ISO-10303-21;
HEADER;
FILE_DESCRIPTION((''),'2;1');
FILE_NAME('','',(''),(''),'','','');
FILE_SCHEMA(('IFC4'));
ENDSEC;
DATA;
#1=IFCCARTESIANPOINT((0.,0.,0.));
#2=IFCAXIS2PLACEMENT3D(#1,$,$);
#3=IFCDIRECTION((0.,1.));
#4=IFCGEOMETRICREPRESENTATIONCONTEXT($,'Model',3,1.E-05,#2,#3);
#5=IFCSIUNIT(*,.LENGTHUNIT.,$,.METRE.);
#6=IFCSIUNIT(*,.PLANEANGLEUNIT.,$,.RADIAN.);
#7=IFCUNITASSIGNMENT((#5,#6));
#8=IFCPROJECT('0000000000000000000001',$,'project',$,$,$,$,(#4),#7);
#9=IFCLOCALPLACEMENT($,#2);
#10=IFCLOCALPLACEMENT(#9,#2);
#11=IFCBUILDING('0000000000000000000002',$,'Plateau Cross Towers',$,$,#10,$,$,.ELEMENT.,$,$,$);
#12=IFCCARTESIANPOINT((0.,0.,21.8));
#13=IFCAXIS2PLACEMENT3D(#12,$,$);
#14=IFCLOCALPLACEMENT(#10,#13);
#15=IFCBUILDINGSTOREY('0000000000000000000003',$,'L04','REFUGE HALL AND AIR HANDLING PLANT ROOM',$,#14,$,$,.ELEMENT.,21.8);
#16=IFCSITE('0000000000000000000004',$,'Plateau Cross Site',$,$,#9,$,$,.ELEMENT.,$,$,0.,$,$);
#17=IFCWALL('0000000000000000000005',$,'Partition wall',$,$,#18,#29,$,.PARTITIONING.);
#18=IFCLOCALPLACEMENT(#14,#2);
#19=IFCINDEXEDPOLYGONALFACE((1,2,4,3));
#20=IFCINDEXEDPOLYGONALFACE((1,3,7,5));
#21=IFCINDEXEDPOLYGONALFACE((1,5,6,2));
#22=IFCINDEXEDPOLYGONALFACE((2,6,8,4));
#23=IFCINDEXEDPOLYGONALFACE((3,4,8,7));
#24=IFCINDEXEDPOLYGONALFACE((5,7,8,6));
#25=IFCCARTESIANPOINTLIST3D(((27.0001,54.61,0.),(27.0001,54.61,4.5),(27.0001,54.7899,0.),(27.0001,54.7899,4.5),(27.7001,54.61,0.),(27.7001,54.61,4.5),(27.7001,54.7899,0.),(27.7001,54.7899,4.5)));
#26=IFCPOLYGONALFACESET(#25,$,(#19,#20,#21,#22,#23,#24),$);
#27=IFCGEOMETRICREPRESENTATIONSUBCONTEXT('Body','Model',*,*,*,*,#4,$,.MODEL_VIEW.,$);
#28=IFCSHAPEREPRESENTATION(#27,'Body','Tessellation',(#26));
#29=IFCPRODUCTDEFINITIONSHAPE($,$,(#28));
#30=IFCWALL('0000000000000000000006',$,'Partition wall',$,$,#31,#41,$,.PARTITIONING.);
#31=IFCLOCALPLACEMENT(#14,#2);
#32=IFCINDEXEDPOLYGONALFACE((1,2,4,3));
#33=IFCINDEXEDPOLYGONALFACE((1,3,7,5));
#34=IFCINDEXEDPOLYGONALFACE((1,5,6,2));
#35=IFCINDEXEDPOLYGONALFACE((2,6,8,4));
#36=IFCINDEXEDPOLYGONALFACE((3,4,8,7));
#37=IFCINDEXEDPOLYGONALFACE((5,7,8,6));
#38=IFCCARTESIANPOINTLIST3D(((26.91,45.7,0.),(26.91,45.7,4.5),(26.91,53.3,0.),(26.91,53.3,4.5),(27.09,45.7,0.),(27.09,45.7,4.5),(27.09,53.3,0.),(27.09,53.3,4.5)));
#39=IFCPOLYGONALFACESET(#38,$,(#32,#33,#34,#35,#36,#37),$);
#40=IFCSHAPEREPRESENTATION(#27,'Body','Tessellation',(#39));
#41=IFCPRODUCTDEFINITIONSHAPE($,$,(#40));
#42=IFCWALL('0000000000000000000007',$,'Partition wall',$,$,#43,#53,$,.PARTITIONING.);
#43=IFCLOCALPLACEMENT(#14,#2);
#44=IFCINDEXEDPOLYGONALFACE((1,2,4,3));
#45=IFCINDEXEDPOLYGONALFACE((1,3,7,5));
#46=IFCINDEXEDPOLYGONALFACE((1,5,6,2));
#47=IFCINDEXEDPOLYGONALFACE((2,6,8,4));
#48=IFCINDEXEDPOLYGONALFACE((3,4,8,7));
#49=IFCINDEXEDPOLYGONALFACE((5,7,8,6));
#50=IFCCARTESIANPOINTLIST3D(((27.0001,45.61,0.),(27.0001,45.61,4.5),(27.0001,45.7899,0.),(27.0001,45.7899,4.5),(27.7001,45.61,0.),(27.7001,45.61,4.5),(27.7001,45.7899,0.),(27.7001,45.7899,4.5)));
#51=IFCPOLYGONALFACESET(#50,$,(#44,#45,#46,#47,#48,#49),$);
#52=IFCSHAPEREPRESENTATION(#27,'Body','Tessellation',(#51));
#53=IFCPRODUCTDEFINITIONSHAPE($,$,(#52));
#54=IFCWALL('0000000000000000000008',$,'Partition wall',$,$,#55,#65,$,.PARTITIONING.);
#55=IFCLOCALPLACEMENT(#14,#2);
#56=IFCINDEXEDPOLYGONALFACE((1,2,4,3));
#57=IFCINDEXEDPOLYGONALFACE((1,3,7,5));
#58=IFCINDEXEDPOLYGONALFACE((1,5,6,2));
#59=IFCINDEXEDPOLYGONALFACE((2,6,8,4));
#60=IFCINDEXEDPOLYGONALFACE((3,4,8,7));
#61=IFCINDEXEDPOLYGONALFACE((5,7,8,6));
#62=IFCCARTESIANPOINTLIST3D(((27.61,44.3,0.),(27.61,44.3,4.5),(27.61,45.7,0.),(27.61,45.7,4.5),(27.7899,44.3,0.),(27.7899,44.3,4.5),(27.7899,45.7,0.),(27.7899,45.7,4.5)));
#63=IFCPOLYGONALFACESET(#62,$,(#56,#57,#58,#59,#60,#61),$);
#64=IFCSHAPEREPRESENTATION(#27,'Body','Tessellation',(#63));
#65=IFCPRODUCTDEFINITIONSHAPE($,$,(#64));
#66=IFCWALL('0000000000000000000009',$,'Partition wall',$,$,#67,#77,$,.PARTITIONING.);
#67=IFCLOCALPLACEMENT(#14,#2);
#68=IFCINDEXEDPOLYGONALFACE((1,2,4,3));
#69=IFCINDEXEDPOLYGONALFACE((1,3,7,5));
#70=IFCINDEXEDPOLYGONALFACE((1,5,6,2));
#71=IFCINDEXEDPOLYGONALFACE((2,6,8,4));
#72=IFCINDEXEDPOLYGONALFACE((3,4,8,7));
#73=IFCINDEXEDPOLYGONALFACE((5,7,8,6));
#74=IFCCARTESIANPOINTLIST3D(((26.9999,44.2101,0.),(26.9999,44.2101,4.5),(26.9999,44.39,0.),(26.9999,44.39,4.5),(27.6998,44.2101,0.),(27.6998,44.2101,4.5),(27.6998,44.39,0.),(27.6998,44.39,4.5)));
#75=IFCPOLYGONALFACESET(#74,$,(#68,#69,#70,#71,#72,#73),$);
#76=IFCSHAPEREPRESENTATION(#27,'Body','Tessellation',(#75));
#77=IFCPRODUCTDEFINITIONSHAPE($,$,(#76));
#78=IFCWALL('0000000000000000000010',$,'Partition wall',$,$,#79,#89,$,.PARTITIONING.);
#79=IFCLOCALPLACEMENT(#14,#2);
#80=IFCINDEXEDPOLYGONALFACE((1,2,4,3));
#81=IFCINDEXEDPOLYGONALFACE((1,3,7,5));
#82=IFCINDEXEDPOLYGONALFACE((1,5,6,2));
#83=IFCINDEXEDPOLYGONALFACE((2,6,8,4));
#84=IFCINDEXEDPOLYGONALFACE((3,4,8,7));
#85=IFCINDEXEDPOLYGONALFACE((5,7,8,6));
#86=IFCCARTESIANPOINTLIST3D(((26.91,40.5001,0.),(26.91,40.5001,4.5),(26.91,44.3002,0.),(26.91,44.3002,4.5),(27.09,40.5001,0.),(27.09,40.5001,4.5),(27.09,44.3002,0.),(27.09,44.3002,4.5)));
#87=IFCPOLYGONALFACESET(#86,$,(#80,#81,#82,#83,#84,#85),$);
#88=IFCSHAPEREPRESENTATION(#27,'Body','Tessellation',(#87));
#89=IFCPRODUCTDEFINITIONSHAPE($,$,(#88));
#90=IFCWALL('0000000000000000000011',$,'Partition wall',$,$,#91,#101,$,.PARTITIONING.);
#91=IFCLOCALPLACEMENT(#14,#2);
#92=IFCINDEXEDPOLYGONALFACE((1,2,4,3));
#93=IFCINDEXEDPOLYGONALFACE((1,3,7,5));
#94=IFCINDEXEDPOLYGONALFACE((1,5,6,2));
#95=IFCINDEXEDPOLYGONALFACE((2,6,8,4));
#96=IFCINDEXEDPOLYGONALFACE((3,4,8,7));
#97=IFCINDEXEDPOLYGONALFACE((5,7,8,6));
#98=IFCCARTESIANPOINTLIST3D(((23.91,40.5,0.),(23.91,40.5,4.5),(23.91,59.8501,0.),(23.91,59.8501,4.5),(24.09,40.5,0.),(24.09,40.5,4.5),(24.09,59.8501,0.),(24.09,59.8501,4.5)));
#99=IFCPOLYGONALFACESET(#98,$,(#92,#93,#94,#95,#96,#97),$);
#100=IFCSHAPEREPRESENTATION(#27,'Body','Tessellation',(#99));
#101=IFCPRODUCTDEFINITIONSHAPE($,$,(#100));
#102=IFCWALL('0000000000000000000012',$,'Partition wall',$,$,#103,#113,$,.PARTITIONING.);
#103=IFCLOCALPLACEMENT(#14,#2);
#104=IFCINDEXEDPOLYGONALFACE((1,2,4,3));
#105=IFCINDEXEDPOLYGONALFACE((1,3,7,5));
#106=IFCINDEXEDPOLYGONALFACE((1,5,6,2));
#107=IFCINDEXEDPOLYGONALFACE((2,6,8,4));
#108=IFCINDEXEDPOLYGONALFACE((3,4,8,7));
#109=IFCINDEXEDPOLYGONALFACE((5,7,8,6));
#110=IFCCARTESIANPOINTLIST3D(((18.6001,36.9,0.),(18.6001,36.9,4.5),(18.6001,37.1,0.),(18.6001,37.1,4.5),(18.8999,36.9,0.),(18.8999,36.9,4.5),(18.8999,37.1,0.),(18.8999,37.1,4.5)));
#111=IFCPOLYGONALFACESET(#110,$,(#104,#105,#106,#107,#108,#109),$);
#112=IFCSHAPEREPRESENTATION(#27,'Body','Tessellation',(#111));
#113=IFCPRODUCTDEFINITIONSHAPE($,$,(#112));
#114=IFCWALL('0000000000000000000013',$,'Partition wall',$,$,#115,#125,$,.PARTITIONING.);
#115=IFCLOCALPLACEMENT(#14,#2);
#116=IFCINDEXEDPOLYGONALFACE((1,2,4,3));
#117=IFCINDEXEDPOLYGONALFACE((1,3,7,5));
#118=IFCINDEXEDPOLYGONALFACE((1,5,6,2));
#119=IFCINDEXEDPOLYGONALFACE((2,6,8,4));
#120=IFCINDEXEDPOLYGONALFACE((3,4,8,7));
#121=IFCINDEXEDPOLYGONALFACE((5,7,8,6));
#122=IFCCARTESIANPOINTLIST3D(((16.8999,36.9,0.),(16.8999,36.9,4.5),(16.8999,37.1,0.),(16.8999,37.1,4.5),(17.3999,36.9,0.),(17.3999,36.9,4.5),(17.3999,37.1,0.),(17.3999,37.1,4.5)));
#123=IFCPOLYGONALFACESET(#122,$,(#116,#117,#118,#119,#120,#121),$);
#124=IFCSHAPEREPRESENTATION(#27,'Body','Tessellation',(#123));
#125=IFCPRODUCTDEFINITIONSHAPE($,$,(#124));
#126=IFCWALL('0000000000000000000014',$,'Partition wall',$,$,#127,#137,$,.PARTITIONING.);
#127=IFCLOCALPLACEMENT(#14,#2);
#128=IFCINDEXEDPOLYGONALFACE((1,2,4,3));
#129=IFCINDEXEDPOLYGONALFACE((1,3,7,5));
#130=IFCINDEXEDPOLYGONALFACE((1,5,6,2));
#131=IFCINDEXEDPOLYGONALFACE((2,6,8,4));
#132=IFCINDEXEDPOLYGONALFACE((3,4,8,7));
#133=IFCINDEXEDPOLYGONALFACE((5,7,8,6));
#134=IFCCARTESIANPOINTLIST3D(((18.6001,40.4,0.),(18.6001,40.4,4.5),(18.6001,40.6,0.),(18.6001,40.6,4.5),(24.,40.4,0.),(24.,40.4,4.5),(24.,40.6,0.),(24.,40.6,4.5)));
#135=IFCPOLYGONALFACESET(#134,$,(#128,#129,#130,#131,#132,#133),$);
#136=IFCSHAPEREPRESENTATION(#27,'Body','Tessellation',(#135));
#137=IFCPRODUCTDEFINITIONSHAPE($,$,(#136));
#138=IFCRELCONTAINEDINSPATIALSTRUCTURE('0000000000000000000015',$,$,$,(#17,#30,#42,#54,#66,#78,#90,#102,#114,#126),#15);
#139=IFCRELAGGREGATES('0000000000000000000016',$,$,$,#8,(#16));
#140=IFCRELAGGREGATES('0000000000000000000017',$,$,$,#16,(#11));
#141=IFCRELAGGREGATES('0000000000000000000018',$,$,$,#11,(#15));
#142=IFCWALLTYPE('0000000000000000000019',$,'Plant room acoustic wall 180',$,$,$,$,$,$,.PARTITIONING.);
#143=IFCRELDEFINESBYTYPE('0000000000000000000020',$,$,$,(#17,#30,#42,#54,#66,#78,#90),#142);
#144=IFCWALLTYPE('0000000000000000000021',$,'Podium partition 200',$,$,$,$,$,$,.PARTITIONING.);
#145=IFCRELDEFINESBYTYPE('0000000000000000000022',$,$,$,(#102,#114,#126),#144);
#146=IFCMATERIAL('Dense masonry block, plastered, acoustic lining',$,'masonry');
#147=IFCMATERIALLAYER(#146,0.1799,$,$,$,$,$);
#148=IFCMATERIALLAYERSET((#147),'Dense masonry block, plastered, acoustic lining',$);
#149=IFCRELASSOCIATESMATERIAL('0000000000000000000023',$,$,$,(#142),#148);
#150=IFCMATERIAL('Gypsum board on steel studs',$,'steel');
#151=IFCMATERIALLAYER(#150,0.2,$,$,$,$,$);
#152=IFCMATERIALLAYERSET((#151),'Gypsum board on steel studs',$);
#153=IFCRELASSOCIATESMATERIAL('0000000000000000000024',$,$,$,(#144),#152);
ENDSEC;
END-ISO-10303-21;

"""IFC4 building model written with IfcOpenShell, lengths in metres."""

from ifc_helpers import new_model, si_unit, direction, frame, frame_2d, origin, place, context, subcontext, project, spatial, rectangle, extrude, material, layer, layer_set, type_object, element, save


model = new_model("IFC4")

# Units and contexts
model_context = context("Model", 3, precision=1e-05, world=origin(), true_north=direction((0.0, 1.0)))
body_context = subcontext(model_context, "Body", "Model", "MODEL_VIEW")
ifc_project = project(units=[si_unit("LENGTHUNIT", "METRE"), si_unit("PLANEANGLEUNIT", "RADIAN")], contexts=[model_context])

# Site, building, storey
site_placement = place(None, origin())
site = spatial("IfcSite", under=ifc_project, at=site_placement, Name="Plateau Cross Site", CompositionType="ELEMENT", RefElevation=0.0)
building_placement = place(site_placement, origin())
building = spatial("IfcBuilding", under=site, at=building_placement, Name="Plateau Cross Towers", CompositionType="ELEMENT")
storey_placement = place(building_placement, frame((0.0, 0.0, 21.8)))
storey = spatial("IfcBuildingStorey", under=building, at=storey_placement, Name="L04", Description="REFUGE HALL AND AIR HANDLING PLANT ROOM", CompositionType="ELEMENT", Elevation=21.8)

# Walls
ifc_material_1 = material(Name="Dense masonry block, plastered, acoustic lining", Category="masonry")
ifc_layer_1 = layer(ifc_material_1, 0.1799)
ifc_layer_set_1 = layer_set([ifc_layer_1], Name="Dense masonry block, plastered, acoustic lining")
wall_type_1 = type_object("IfcWallType", Name="Plant room acoustic wall 180", PredefinedType="PARTITIONING", material=ifc_layer_set_1)
wall_1_placement = place(storey_placement, frame((27.0, 54.7, 0.0), z_axis=(0.0, 0.0, 1.0), x_axis=(1.0, 0.0, 0.0)))
element("IfcWall", 1, at=wall_1_placement, inside=storey, type_object=wall_type_1, Name="Partition wall", PredefinedType="PARTITIONING", context=body_context, shape_type="SweptSolid", body=[
    extrude(rectangle(XDim=0.7, YDim=0.1799, at=frame_2d((0.3501, 0.0))), origin(), (0.0, 0.0, 1.0), 4.5),
])
wall_2_placement = place(storey_placement, frame((27.0, 53.3, 0.0), z_axis=(0.0, 0.0, 1.0), x_axis=(0.0, -1.0, 0.0)))
element("IfcWall", 2, at=wall_2_placement, inside=storey, type_object=wall_type_1, Name="Partition wall", PredefinedType="PARTITIONING", context=body_context, shape_type="SweptSolid", body=[
    extrude(rectangle(XDim=7.6001, YDim=0.1799, at=frame_2d((3.8, 0.0))), origin(), (0.0, 0.0, 1.0), 4.5),
])
wall_3_placement = place(storey_placement, frame((27.0, 45.7, 0.0), z_axis=(0.0, 0.0, 1.0), x_axis=(1.0, 0.0, 0.0)))
element("IfcWall", 3, at=wall_3_placement, inside=storey, type_object=wall_type_1, Name="Partition wall", PredefinedType="PARTITIONING", context=body_context, shape_type="SweptSolid", body=[
    extrude(rectangle(XDim=0.7, YDim=0.1799, at=frame_2d((0.3501, 0.0))), origin(), (0.0, 0.0, 1.0), 4.5),
])
wall_4_placement = place(storey_placement, frame((27.7, 45.7, 0.0), z_axis=(0.0, 0.0, 1.0), x_axis=(0.0, -1.0, 0.0)))
element("IfcWall", 4, at=wall_4_placement, inside=storey, type_object=wall_type_1, Name="Partition wall", PredefinedType="PARTITIONING", context=body_context, shape_type="SweptSolid", body=[
    extrude(rectangle(XDim=1.3999, YDim=0.1799, at=frame_2d((0.7, 0.0))), origin(), (0.0, 0.0, 1.0), 4.5),
])
wall_5_placement = place(storey_placement, frame((27.7, 44.3, 0.0), z_axis=(0.0, 0.0, 1.0), x_axis=(-1.0, 0.0, 0.0)))
element("IfcWall", 5, at=wall_5_placement, inside=storey, type_object=wall_type_1, Name="Partition wall", PredefinedType="PARTITIONING", context=body_context, shape_type="SweptSolid", body=[
    extrude(rectangle(XDim=0.7, YDim=0.1799, at=frame_2d((0.3501, 0.0))), origin(), (0.0, 0.0, 1.0), 4.5),
])
wall_6_placement = place(storey_placement, frame((27.0, 44.3, 0.0), z_axis=(0.0, 0.0, 1.0), x_axis=(0.0, -1.0, 0.0)))
element("IfcWall", 6, at=wall_6_placement, inside=storey, type_object=wall_type_1, Name="Partition wall", PredefinedType="PARTITIONING", context=body_context, shape_type="SweptSolid", body=[
    extrude(rectangle(XDim=3.8, YDim=0.1799, at=frame_2d((1.8999, 0.0))), origin(), (0.0, 0.0, 1.0), 4.5),
])
wall_7_placement = place(storey_placement, frame((24.0, 59.8501, 0.0), z_axis=(0.0, 0.0, 1.0), x_axis=(0.0, -1.0, 0.0)))
element("IfcWall", 7, at=wall_7_placement, inside=storey, type_object=wall_type_1, Name="Partition wall", PredefinedType="PARTITIONING", context=body_context, shape_type="SweptSolid", body=[
    extrude(rectangle(XDim=19.3501, YDim=0.1799, at=frame_2d((9.675, 0.0))), origin(), (0.0, 0.0, 1.0), 4.5),
])

# Walls
ifc_material_2 = material(Name="Gypsum board on steel studs", Category="steel")
ifc_layer_2 = layer(ifc_material_2, 0.2)
ifc_layer_set_2 = layer_set([ifc_layer_2], Name="Gypsum board on steel studs")
wall_type_2 = type_object("IfcWallType", Name="Podium partition 200", PredefinedType="PARTITIONING", material=ifc_layer_set_2)
wall_8_placement = place(storey_placement, frame((18.8999, 37.0, 0.0), z_axis=(0.0, 0.0, 1.0), x_axis=(-1.0, 0.0, 0.0)))
element("IfcWall", 8, at=wall_8_placement, inside=storey, type_object=wall_type_2, Name="Partition wall", PredefinedType="PARTITIONING", context=body_context, shape_type="SweptSolid", body=[
    extrude(rectangle(XDim=0.2998, YDim=0.2, at=frame_2d((0.1499, 0.0))), origin(), (0.0, 0.0, 1.0), 4.5),
])
wall_9_placement = place(storey_placement, frame((17.3999, 37.0, 0.0), z_axis=(0.0, 0.0, 1.0), x_axis=(-1.0, 0.0, 0.0)))
element("IfcWall", 9, at=wall_9_placement, inside=storey, type_object=wall_type_2, Name="Partition wall", PredefinedType="PARTITIONING", context=body_context, shape_type="SweptSolid", body=[
    extrude(rectangle(XDim=0.5, YDim=0.2, at=frame_2d((0.25, 0.0))), origin(), (0.0, 0.0, 1.0), 4.5),
])
wall_10_placement = place(storey_placement, frame((18.6001, 40.5, 0.0), z_axis=(0.0, 0.0, 1.0), x_axis=(1.0, 0.0, 0.0)))
element("IfcWall", 10, at=wall_10_placement, inside=storey, type_object=wall_type_2, Name="Partition wall", PredefinedType="PARTITIONING", context=body_context, shape_type="SweptSolid", body=[
    extrude(rectangle(XDim=5.3999, YDim=0.2, at=frame_2d((2.7, 0.0))), origin(), (0.0, 0.0, 1.0), 4.5),
])

save(model, "model.ifc")
